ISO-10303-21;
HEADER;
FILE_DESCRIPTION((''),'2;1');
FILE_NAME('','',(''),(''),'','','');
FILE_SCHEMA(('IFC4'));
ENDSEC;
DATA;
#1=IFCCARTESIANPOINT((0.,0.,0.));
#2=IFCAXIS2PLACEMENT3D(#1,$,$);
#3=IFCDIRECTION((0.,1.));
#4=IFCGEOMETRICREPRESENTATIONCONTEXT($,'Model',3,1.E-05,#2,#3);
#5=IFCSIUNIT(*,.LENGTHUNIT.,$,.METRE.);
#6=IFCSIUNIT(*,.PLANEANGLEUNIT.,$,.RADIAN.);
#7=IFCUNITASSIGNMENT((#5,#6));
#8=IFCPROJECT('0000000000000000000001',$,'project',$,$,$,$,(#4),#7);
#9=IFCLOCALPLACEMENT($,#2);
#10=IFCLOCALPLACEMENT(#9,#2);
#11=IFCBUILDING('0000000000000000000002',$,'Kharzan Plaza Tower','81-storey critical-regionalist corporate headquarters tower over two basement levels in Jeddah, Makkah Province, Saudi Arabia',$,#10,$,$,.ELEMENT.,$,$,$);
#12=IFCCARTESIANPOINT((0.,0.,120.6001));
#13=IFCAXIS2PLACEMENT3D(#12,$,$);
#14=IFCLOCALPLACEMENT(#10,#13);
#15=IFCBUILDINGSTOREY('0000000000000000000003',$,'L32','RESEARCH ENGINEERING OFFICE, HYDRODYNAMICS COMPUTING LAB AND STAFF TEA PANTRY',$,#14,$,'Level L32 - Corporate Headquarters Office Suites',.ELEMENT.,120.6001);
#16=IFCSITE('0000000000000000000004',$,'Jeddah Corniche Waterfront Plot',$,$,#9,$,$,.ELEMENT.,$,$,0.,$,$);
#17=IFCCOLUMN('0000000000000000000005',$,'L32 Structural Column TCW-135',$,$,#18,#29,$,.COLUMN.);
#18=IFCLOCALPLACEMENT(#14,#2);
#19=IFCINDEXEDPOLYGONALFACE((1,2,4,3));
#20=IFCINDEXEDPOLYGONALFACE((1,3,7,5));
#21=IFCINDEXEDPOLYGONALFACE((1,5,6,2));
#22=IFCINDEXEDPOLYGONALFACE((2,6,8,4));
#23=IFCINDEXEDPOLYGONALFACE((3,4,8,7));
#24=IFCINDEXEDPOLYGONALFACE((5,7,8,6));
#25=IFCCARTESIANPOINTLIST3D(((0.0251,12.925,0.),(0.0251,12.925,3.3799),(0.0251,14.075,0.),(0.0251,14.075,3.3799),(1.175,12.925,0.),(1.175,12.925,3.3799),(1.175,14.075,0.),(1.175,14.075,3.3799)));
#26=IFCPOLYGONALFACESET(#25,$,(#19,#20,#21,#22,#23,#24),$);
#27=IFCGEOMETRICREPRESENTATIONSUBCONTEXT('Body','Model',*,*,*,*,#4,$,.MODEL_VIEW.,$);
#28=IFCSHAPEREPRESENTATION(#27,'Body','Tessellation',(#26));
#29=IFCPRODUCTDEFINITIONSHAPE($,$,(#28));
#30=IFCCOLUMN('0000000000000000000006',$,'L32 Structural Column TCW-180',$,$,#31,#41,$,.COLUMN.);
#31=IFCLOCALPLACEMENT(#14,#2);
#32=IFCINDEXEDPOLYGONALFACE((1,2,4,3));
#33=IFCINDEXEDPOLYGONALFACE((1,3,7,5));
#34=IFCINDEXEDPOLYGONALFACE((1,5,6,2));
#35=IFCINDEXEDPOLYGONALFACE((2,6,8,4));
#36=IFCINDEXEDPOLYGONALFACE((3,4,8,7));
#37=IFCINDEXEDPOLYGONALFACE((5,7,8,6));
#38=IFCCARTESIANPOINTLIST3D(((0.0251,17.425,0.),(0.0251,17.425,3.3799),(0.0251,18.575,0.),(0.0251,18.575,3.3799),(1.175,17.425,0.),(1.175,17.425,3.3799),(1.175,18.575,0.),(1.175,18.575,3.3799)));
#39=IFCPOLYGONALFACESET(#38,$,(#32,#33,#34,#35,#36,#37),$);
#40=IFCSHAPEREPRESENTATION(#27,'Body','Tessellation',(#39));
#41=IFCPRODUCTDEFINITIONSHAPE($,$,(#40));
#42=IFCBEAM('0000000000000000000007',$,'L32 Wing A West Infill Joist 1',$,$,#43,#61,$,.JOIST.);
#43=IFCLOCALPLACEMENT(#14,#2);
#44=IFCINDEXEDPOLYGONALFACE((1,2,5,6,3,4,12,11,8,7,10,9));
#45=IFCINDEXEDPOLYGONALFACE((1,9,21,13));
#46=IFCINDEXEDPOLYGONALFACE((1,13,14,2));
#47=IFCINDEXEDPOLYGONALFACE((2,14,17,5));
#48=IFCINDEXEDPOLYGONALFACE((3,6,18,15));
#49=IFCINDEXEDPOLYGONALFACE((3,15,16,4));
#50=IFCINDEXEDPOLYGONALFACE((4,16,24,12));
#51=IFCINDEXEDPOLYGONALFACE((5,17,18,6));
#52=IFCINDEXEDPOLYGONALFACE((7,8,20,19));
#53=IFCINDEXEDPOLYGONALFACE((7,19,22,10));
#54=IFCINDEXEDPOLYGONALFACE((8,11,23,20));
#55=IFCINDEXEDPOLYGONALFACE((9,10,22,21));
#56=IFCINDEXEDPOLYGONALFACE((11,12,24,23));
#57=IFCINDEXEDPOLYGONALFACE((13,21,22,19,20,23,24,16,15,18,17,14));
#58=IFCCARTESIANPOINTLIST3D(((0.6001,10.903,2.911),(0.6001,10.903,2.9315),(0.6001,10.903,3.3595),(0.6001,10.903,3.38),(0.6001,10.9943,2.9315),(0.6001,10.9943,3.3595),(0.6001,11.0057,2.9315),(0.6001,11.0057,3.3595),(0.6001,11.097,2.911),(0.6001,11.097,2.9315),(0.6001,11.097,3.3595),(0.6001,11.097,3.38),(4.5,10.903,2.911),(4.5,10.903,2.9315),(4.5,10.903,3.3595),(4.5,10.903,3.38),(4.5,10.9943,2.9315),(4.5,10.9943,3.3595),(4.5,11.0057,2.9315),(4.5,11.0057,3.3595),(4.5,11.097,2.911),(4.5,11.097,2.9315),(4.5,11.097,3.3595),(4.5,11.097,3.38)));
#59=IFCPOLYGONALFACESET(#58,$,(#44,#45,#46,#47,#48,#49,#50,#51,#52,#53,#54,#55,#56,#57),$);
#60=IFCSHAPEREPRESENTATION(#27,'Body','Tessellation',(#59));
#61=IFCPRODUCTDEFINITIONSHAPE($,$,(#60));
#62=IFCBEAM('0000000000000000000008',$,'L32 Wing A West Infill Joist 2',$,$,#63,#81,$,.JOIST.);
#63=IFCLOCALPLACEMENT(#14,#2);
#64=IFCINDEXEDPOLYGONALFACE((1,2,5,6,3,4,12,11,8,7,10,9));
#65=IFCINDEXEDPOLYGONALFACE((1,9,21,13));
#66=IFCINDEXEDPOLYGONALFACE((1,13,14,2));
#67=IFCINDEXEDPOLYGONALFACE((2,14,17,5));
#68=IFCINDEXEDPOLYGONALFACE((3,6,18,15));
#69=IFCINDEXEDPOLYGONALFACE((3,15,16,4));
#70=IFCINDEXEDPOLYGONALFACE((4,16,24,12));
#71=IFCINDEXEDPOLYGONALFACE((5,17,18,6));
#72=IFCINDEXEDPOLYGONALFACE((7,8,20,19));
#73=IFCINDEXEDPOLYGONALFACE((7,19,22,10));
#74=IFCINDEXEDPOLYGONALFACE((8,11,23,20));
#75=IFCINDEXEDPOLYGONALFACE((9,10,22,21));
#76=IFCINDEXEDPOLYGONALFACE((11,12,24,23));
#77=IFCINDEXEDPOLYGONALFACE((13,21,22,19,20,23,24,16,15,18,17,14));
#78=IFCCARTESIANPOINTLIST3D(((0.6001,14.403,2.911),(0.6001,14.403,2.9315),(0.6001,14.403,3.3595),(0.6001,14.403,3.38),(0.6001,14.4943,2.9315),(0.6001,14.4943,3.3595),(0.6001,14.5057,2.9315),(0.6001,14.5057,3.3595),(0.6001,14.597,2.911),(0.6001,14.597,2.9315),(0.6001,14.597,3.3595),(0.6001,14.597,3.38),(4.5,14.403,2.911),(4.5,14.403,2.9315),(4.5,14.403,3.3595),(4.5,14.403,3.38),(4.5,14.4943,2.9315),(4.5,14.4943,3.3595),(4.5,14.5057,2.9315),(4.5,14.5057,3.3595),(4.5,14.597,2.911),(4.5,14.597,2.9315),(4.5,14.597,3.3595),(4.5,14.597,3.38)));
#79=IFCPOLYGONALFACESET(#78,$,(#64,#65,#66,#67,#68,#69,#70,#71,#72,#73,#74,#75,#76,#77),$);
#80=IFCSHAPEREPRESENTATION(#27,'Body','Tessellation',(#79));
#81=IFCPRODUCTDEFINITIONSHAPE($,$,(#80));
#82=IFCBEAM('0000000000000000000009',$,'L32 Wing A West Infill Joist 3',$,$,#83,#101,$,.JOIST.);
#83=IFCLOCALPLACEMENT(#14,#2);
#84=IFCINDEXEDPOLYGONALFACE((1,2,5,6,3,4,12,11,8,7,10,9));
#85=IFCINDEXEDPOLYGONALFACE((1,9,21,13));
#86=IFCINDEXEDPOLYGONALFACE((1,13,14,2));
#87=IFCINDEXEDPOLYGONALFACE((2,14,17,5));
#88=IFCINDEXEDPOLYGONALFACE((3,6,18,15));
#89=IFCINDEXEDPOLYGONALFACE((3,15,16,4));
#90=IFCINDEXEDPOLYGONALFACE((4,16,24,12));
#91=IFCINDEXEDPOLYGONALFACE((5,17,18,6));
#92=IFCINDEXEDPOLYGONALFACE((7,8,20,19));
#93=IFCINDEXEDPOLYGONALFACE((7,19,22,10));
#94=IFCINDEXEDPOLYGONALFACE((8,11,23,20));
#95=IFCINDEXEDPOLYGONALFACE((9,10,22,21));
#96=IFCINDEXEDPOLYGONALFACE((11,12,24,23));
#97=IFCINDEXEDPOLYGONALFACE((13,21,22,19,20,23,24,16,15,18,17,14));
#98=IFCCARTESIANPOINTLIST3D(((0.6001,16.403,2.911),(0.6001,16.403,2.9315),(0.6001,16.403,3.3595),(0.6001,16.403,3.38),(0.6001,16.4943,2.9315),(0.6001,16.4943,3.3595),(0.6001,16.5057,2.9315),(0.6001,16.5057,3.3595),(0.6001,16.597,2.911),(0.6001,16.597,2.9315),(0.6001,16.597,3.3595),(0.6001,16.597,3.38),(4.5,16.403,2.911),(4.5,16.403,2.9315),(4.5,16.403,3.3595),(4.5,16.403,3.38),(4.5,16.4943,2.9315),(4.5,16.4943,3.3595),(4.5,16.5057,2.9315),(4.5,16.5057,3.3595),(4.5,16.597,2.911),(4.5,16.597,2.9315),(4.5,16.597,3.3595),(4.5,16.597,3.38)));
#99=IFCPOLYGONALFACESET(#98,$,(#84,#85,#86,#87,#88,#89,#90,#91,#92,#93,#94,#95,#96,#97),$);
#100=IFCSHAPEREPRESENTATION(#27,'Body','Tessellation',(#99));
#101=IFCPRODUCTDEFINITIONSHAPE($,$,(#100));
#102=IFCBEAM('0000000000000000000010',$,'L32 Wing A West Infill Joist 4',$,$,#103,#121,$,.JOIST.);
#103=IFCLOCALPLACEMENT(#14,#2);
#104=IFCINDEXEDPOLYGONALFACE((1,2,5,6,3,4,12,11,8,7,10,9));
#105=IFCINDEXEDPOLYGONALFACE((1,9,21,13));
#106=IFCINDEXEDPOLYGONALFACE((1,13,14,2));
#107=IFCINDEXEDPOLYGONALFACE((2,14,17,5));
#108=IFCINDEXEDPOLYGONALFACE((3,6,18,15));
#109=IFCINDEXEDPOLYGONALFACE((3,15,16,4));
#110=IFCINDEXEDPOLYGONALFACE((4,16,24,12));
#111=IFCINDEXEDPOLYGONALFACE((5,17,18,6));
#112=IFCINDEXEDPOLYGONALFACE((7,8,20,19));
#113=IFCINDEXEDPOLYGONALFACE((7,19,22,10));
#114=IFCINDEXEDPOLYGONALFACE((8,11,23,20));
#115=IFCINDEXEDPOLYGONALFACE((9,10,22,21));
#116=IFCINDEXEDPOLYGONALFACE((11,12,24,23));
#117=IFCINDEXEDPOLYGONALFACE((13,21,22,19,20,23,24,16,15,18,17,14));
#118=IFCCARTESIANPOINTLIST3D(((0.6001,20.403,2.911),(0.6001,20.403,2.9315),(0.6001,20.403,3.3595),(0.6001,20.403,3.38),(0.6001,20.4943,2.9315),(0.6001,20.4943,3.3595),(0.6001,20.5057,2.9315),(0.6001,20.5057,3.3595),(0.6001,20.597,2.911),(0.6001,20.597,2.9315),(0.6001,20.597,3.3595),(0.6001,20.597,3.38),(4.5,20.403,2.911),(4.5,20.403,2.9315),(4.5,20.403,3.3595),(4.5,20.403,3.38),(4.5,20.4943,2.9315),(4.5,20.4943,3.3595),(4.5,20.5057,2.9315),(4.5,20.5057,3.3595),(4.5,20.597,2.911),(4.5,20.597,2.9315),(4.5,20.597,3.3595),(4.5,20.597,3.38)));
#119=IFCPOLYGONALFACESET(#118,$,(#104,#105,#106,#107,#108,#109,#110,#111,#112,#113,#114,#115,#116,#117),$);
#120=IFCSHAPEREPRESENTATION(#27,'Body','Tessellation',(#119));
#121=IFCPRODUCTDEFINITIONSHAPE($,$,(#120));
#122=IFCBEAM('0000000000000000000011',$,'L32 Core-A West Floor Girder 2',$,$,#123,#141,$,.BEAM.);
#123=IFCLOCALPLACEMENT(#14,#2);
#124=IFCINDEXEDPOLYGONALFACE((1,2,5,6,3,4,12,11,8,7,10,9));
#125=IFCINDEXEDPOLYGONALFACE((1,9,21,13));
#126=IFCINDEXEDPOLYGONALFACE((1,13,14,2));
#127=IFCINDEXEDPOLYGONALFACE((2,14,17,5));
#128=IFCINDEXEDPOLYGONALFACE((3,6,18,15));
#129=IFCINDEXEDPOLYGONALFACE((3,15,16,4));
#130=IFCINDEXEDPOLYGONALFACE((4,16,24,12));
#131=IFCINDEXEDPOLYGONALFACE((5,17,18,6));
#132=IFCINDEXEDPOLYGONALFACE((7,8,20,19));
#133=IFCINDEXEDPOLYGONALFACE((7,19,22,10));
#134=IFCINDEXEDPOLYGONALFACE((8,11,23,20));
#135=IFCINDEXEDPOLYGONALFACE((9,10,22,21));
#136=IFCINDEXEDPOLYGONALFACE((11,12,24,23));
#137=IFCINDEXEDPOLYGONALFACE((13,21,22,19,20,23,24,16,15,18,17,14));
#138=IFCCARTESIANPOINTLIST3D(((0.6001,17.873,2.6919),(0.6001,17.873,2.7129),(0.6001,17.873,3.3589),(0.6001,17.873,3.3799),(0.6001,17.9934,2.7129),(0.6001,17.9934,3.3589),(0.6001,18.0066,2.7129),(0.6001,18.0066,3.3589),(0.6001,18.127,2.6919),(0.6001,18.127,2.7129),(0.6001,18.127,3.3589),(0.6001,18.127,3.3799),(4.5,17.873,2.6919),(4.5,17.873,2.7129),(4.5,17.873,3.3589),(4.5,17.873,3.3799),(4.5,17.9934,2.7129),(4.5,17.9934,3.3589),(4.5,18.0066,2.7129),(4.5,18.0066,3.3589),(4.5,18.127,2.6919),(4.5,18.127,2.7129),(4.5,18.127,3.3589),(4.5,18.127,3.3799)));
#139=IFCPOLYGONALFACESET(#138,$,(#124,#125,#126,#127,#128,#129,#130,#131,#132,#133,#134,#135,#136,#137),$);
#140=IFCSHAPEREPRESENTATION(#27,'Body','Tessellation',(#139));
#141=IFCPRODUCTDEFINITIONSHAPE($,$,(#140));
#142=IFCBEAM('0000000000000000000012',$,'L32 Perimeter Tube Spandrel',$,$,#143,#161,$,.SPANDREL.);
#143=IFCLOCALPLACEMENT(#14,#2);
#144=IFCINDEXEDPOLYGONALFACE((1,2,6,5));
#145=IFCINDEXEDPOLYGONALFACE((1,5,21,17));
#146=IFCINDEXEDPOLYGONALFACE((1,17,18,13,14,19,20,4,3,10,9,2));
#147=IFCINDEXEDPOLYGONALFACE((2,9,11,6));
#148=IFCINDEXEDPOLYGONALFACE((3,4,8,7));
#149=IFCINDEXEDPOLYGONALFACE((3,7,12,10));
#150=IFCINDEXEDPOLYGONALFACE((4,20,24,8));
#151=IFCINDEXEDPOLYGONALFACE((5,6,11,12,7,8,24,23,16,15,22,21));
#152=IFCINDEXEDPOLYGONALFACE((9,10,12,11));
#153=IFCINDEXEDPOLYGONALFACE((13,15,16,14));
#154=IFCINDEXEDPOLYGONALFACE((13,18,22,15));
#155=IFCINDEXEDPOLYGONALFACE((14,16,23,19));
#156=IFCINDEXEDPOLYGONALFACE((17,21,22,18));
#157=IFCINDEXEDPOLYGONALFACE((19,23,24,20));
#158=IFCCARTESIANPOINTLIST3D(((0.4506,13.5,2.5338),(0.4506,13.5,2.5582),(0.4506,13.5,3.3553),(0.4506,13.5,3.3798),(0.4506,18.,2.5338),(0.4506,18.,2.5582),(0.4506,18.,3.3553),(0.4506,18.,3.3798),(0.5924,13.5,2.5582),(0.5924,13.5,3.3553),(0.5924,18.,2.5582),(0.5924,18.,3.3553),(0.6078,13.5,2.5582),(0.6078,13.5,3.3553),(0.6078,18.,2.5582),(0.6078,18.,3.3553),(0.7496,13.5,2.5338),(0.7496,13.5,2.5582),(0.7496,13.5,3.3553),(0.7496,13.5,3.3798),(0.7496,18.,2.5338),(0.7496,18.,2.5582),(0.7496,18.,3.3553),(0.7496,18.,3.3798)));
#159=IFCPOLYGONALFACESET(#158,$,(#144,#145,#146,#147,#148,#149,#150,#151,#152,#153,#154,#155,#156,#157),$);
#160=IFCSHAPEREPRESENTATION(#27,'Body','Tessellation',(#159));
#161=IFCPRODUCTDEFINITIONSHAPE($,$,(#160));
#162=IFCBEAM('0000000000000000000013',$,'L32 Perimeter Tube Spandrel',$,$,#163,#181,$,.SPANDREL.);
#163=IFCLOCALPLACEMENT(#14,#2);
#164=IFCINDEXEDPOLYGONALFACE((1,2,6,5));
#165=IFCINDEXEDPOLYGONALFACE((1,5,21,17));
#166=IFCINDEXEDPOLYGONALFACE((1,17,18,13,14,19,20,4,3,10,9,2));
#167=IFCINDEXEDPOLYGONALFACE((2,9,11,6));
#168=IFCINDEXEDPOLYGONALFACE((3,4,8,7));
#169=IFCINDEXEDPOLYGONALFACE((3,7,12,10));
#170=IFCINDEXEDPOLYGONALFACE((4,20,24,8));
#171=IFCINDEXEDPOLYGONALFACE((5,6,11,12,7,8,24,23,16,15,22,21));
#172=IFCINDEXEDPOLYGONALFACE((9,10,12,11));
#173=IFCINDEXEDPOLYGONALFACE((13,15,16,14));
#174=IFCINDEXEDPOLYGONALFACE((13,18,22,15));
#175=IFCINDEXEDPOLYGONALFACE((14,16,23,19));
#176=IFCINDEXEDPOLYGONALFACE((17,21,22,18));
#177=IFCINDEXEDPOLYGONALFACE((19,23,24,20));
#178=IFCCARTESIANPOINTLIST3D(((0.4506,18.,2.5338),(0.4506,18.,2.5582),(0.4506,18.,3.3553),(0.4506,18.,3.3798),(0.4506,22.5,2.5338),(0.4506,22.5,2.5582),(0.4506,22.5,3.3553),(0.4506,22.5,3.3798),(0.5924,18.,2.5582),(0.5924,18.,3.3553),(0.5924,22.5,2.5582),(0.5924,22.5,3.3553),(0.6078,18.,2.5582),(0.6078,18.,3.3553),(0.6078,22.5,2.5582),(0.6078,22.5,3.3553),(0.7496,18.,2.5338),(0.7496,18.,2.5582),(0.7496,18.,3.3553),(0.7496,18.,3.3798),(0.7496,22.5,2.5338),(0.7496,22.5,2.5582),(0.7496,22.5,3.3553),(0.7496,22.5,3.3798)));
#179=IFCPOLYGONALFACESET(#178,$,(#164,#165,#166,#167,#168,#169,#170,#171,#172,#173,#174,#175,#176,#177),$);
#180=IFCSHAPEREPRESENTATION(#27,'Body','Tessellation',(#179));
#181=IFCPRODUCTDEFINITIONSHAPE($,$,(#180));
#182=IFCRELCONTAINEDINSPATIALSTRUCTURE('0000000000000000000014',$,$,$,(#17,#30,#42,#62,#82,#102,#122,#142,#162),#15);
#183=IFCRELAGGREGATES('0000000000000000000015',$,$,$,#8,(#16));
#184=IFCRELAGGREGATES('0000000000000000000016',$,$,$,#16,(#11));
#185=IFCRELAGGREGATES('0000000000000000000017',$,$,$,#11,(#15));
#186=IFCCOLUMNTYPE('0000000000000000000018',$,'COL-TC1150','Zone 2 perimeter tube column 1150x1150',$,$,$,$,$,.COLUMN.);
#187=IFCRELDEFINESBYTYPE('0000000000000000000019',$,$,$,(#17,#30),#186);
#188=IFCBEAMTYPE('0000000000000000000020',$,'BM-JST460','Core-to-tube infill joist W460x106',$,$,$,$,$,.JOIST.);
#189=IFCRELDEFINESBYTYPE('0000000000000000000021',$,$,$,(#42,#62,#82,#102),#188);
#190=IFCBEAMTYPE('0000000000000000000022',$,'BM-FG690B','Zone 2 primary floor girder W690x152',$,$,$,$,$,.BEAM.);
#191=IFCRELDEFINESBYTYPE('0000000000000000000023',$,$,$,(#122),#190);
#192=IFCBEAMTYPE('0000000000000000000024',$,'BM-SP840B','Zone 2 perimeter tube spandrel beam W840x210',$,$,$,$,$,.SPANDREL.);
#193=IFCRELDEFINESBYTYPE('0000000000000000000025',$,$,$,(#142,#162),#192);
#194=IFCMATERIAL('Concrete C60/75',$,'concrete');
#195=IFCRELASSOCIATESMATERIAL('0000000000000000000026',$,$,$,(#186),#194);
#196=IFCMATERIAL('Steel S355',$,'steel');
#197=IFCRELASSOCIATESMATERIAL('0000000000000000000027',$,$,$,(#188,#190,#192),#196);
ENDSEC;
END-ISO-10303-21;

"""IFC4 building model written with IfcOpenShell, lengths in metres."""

from ifc_helpers import new_model, si_unit, direction, frame, origin, origin_2d, place, context, subcontext, project, spatial, rectangle, i_section, extrude, source, transform, mapped, material, material_profile, profile_set, type_object, element, save


model = new_model("IFC4")

# Units and contexts
model_context = context("Model", 3, precision=1e-05, world=origin(), true_north=direction((0.0, 1.0)))
body_context = subcontext(model_context, "Body", "Model", "MODEL_VIEW")
ifc_project = project(units=[si_unit("LENGTHUNIT", "METRE"), si_unit("PLANEANGLEUNIT", "RADIAN")], contexts=[model_context])

# Site, building, storey
site_placement = place(None, origin())
site = spatial("IfcSite", under=ifc_project, at=site_placement, Name="Jeddah Corniche Waterfront Plot", CompositionType="ELEMENT", RefElevation=0.0)
building_placement = place(site_placement, origin())
building = spatial("IfcBuilding", under=site, at=building_placement, Name="Kharzan Plaza Tower", Description="81-storey critical-regionalist corporate headquarters tower over two basement levels in Jeddah, Makkah Province, Saudi Arabia", CompositionType="ELEMENT")
storey_placement = place(building_placement, frame((0.0, 0.0, 120.6001)))
storey = spatial("IfcBuildingStorey", under=building, at=storey_placement, Name="L32", Description="RESEARCH ENGINEERING OFFICE, HYDRODYNAMICS COMPUTING LAB AND STAFF TEA PANTRY", LongName="Level L32 - Corporate Headquarters Office Suites", CompositionType="ELEMENT", Elevation=120.6001)

# Columns
ifc_material_1 = material(Name="Concrete C60/75", Category="concrete")
ifc_material_profile_1 = material_profile(ifc_material_1, rectangle(XDim=1.1499, YDim=1.1499, at=origin_2d()), Name="RC-TC1150x1150")
ifc_profile_set_1 = profile_set([ifc_material_profile_1], Name="Concrete C60/75")
column_type = type_object("IfcColumnType", Name="COL-TC1150", Description="Zone 2 perimeter tube column 1150x1150", PredefinedType="COLUMN", material=ifc_profile_set_1)
shared_shape_1 = source(origin(), body_context, "Body", "SweptSolid", [
    extrude(rectangle(XDim=1.1499, YDim=1.1499, at=origin_2d()), origin(), (0.0, 0.0, 1.0), 3.3799),
])
for number, where, z_axis, x_axis, name in (
    (1, (0.6001, 13.5, 0.0), (0.0, 0.0, 1.0), (1.0, 0.0, 0.0), "L32 Structural Column TCW-135"),
    (2, (0.6001, 18.0, 0.0), (0.0, 0.0, 1.0), (1.0, 0.0, 0.0), "L32 Structural Column TCW-180"),
):
    element("IfcColumn", number, at=place(storey_placement, frame(where, z_axis=z_axis, x_axis=x_axis)), inside=storey, type_object=column_type, Name=name, PredefinedType="COLUMN", context=body_context, shape_type="MappedRepresentation", body=[
        mapped(shared_shape_1, transform((0.0, 0.0, 0.0), x_axis=(1.0, 0.0, 0.0), y_axis=(0.0, 1.0, 0.0), z_axis=(0.0, 0.0, 1.0))),
    ])

# Beams
ifc_material_2 = material(Name="Steel S355", Category="steel")
ifc_material_profile_2 = material_profile(ifc_material_2, i_section(OverallWidth=0.1941, OverallDepth=0.469, WebThickness=0.0115, FlangeThickness=0.0205, at=origin_2d()), Name="W460x106")
ifc_profile_set_2 = profile_set([ifc_material_profile_2], Name="Steel S355")
beam_type_1 = type_object("IfcBeamType", Name="BM-JST460", Description="Core-to-tube infill joist W460x106", PredefinedType="JOIST", material=ifc_profile_set_2)
shared_shape_2 = source(origin(), body_context, "Body", "SweptSolid", [
    extrude(i_section(OverallWidth=0.1941, OverallDepth=0.469, WebThickness=0.0115, FlangeThickness=0.0205, at=origin_2d()), origin(), (0.0, 0.0, 1.0), 3.8999),
])
for number, where, z_axis, x_axis, name in (
    (3, (0.6001, 11.0, 3.1455), (1.0, 0.0, 0.0), (0.0, 1.0, 0.0), "L32 Wing A West Infill Joist 1"),
    (4, (0.6001, 14.5, 3.1455), (1.0, 0.0, 0.0), (0.0, 1.0, 0.0), "L32 Wing A West Infill Joist 2"),
    (5, (0.6001, 16.5, 3.1455), (1.0, 0.0, 0.0), (0.0, 1.0, 0.0), "L32 Wing A West Infill Joist 3"),
    (6, (0.6001, 20.5, 3.1455), (1.0, 0.0, 0.0), (0.0, 1.0, 0.0), "L32 Wing A West Infill Joist 4"),
):
    element("IfcBeam", number, at=place(storey_placement, frame(where, z_axis=z_axis, x_axis=x_axis)), inside=storey, type_object=beam_type_1, Name=name, PredefinedType="JOIST", context=body_context, shape_type="MappedRepresentation", body=[
        mapped(shared_shape_2, transform((0.0, 0.0, 0.0), x_axis=(1.0, 0.0, 0.0), y_axis=(0.0, 1.0, 0.0), z_axis=(0.0, 0.0, 1.0))),
    ])
ifc_material_profile_3 = material_profile(ifc_material_2, i_section(OverallWidth=0.2539, OverallDepth=0.688, WebThickness=0.0132, FlangeThickness=0.021, at=origin_2d()), Name="W690x152")
ifc_profile_set_3 = profile_set([ifc_material_profile_3], Name="Steel S355")
beam_type_2 = type_object("IfcBeamType", Name="BM-FG690B", Description="Zone 2 primary floor girder W690x152", PredefinedType="BEAM", material=ifc_profile_set_3)
shared_shape_3 = source(origin(), body_context, "Body", "SweptSolid", [
    extrude(i_section(OverallWidth=0.2539, OverallDepth=0.688, WebThickness=0.0132, FlangeThickness=0.021, at=origin_2d()), origin(), (0.0, 0.0, 1.0), 3.8999),
])
beam_placement = place(storey_placement, frame((0.6001, 18.0, 3.0359), z_axis=(1.0, 0.0, 0.0), x_axis=(0.0, 1.0, 0.0)))
element("IfcBeam", 7, at=beam_placement, inside=storey, type_object=beam_type_2, Name="L32 Core-A West Floor Girder 2", PredefinedType="BEAM", context=body_context, shape_type="MappedRepresentation", body=[
    mapped(shared_shape_3, transform((0.0, 0.0, 0.0), x_axis=(1.0, 0.0, 0.0), y_axis=(0.0, 1.0, 0.0), z_axis=(0.0, 0.0, 1.0))),
])
ifc_material_profile_4 = material_profile(ifc_material_2, i_section(OverallWidth=0.2991, OverallDepth=0.8459, WebThickness=0.0154, FlangeThickness=0.0244, at=origin_2d()), Name="W840x210")
ifc_profile_set_4 = profile_set([ifc_material_profile_4], Name="Steel S355")
beam_type_3 = type_object("IfcBeamType", Name="BM-SP840B", Description="Zone 2 perimeter tube spandrel beam W840x210", PredefinedType="SPANDREL", material=ifc_profile_set_4)
shared_shape_4 = source(origin(), body_context, "Body", "SweptSolid", [
    extrude(i_section(OverallWidth=0.2991, OverallDepth=0.8459, WebThickness=0.0154, FlangeThickness=0.0244, at=origin_2d()), origin(), (0.0, 0.0, 1.0), 4.5),
])
for number, where, z_axis, x_axis, name in (
    (8, (0.6001, 13.5, 2.9568), (0.0, 1.0, 0.0), (-1.0, 0.0, 0.0), "L32 Perimeter Tube Spandrel"),
    (9, (0.6001, 18.0, 2.9568), (0.0, 1.0, 0.0), (-1.0, 0.0, 0.0), "L32 Perimeter Tube Spandrel"),
):
    element("IfcBeam", number, at=place(storey_placement, frame(where, z_axis=z_axis, x_axis=x_axis)), inside=storey, type_object=beam_type_3, Name=name, PredefinedType="SPANDREL", context=body_context, shape_type="MappedRepresentation", body=[
        mapped(shared_shape_4, transform((0.0, 0.0, 0.0), x_axis=(1.0, 0.0, 0.0), y_axis=(0.0, 1.0, 0.0), z_axis=(0.0, 0.0, 1.0))),
    ])

save(model, "model.ifc")
